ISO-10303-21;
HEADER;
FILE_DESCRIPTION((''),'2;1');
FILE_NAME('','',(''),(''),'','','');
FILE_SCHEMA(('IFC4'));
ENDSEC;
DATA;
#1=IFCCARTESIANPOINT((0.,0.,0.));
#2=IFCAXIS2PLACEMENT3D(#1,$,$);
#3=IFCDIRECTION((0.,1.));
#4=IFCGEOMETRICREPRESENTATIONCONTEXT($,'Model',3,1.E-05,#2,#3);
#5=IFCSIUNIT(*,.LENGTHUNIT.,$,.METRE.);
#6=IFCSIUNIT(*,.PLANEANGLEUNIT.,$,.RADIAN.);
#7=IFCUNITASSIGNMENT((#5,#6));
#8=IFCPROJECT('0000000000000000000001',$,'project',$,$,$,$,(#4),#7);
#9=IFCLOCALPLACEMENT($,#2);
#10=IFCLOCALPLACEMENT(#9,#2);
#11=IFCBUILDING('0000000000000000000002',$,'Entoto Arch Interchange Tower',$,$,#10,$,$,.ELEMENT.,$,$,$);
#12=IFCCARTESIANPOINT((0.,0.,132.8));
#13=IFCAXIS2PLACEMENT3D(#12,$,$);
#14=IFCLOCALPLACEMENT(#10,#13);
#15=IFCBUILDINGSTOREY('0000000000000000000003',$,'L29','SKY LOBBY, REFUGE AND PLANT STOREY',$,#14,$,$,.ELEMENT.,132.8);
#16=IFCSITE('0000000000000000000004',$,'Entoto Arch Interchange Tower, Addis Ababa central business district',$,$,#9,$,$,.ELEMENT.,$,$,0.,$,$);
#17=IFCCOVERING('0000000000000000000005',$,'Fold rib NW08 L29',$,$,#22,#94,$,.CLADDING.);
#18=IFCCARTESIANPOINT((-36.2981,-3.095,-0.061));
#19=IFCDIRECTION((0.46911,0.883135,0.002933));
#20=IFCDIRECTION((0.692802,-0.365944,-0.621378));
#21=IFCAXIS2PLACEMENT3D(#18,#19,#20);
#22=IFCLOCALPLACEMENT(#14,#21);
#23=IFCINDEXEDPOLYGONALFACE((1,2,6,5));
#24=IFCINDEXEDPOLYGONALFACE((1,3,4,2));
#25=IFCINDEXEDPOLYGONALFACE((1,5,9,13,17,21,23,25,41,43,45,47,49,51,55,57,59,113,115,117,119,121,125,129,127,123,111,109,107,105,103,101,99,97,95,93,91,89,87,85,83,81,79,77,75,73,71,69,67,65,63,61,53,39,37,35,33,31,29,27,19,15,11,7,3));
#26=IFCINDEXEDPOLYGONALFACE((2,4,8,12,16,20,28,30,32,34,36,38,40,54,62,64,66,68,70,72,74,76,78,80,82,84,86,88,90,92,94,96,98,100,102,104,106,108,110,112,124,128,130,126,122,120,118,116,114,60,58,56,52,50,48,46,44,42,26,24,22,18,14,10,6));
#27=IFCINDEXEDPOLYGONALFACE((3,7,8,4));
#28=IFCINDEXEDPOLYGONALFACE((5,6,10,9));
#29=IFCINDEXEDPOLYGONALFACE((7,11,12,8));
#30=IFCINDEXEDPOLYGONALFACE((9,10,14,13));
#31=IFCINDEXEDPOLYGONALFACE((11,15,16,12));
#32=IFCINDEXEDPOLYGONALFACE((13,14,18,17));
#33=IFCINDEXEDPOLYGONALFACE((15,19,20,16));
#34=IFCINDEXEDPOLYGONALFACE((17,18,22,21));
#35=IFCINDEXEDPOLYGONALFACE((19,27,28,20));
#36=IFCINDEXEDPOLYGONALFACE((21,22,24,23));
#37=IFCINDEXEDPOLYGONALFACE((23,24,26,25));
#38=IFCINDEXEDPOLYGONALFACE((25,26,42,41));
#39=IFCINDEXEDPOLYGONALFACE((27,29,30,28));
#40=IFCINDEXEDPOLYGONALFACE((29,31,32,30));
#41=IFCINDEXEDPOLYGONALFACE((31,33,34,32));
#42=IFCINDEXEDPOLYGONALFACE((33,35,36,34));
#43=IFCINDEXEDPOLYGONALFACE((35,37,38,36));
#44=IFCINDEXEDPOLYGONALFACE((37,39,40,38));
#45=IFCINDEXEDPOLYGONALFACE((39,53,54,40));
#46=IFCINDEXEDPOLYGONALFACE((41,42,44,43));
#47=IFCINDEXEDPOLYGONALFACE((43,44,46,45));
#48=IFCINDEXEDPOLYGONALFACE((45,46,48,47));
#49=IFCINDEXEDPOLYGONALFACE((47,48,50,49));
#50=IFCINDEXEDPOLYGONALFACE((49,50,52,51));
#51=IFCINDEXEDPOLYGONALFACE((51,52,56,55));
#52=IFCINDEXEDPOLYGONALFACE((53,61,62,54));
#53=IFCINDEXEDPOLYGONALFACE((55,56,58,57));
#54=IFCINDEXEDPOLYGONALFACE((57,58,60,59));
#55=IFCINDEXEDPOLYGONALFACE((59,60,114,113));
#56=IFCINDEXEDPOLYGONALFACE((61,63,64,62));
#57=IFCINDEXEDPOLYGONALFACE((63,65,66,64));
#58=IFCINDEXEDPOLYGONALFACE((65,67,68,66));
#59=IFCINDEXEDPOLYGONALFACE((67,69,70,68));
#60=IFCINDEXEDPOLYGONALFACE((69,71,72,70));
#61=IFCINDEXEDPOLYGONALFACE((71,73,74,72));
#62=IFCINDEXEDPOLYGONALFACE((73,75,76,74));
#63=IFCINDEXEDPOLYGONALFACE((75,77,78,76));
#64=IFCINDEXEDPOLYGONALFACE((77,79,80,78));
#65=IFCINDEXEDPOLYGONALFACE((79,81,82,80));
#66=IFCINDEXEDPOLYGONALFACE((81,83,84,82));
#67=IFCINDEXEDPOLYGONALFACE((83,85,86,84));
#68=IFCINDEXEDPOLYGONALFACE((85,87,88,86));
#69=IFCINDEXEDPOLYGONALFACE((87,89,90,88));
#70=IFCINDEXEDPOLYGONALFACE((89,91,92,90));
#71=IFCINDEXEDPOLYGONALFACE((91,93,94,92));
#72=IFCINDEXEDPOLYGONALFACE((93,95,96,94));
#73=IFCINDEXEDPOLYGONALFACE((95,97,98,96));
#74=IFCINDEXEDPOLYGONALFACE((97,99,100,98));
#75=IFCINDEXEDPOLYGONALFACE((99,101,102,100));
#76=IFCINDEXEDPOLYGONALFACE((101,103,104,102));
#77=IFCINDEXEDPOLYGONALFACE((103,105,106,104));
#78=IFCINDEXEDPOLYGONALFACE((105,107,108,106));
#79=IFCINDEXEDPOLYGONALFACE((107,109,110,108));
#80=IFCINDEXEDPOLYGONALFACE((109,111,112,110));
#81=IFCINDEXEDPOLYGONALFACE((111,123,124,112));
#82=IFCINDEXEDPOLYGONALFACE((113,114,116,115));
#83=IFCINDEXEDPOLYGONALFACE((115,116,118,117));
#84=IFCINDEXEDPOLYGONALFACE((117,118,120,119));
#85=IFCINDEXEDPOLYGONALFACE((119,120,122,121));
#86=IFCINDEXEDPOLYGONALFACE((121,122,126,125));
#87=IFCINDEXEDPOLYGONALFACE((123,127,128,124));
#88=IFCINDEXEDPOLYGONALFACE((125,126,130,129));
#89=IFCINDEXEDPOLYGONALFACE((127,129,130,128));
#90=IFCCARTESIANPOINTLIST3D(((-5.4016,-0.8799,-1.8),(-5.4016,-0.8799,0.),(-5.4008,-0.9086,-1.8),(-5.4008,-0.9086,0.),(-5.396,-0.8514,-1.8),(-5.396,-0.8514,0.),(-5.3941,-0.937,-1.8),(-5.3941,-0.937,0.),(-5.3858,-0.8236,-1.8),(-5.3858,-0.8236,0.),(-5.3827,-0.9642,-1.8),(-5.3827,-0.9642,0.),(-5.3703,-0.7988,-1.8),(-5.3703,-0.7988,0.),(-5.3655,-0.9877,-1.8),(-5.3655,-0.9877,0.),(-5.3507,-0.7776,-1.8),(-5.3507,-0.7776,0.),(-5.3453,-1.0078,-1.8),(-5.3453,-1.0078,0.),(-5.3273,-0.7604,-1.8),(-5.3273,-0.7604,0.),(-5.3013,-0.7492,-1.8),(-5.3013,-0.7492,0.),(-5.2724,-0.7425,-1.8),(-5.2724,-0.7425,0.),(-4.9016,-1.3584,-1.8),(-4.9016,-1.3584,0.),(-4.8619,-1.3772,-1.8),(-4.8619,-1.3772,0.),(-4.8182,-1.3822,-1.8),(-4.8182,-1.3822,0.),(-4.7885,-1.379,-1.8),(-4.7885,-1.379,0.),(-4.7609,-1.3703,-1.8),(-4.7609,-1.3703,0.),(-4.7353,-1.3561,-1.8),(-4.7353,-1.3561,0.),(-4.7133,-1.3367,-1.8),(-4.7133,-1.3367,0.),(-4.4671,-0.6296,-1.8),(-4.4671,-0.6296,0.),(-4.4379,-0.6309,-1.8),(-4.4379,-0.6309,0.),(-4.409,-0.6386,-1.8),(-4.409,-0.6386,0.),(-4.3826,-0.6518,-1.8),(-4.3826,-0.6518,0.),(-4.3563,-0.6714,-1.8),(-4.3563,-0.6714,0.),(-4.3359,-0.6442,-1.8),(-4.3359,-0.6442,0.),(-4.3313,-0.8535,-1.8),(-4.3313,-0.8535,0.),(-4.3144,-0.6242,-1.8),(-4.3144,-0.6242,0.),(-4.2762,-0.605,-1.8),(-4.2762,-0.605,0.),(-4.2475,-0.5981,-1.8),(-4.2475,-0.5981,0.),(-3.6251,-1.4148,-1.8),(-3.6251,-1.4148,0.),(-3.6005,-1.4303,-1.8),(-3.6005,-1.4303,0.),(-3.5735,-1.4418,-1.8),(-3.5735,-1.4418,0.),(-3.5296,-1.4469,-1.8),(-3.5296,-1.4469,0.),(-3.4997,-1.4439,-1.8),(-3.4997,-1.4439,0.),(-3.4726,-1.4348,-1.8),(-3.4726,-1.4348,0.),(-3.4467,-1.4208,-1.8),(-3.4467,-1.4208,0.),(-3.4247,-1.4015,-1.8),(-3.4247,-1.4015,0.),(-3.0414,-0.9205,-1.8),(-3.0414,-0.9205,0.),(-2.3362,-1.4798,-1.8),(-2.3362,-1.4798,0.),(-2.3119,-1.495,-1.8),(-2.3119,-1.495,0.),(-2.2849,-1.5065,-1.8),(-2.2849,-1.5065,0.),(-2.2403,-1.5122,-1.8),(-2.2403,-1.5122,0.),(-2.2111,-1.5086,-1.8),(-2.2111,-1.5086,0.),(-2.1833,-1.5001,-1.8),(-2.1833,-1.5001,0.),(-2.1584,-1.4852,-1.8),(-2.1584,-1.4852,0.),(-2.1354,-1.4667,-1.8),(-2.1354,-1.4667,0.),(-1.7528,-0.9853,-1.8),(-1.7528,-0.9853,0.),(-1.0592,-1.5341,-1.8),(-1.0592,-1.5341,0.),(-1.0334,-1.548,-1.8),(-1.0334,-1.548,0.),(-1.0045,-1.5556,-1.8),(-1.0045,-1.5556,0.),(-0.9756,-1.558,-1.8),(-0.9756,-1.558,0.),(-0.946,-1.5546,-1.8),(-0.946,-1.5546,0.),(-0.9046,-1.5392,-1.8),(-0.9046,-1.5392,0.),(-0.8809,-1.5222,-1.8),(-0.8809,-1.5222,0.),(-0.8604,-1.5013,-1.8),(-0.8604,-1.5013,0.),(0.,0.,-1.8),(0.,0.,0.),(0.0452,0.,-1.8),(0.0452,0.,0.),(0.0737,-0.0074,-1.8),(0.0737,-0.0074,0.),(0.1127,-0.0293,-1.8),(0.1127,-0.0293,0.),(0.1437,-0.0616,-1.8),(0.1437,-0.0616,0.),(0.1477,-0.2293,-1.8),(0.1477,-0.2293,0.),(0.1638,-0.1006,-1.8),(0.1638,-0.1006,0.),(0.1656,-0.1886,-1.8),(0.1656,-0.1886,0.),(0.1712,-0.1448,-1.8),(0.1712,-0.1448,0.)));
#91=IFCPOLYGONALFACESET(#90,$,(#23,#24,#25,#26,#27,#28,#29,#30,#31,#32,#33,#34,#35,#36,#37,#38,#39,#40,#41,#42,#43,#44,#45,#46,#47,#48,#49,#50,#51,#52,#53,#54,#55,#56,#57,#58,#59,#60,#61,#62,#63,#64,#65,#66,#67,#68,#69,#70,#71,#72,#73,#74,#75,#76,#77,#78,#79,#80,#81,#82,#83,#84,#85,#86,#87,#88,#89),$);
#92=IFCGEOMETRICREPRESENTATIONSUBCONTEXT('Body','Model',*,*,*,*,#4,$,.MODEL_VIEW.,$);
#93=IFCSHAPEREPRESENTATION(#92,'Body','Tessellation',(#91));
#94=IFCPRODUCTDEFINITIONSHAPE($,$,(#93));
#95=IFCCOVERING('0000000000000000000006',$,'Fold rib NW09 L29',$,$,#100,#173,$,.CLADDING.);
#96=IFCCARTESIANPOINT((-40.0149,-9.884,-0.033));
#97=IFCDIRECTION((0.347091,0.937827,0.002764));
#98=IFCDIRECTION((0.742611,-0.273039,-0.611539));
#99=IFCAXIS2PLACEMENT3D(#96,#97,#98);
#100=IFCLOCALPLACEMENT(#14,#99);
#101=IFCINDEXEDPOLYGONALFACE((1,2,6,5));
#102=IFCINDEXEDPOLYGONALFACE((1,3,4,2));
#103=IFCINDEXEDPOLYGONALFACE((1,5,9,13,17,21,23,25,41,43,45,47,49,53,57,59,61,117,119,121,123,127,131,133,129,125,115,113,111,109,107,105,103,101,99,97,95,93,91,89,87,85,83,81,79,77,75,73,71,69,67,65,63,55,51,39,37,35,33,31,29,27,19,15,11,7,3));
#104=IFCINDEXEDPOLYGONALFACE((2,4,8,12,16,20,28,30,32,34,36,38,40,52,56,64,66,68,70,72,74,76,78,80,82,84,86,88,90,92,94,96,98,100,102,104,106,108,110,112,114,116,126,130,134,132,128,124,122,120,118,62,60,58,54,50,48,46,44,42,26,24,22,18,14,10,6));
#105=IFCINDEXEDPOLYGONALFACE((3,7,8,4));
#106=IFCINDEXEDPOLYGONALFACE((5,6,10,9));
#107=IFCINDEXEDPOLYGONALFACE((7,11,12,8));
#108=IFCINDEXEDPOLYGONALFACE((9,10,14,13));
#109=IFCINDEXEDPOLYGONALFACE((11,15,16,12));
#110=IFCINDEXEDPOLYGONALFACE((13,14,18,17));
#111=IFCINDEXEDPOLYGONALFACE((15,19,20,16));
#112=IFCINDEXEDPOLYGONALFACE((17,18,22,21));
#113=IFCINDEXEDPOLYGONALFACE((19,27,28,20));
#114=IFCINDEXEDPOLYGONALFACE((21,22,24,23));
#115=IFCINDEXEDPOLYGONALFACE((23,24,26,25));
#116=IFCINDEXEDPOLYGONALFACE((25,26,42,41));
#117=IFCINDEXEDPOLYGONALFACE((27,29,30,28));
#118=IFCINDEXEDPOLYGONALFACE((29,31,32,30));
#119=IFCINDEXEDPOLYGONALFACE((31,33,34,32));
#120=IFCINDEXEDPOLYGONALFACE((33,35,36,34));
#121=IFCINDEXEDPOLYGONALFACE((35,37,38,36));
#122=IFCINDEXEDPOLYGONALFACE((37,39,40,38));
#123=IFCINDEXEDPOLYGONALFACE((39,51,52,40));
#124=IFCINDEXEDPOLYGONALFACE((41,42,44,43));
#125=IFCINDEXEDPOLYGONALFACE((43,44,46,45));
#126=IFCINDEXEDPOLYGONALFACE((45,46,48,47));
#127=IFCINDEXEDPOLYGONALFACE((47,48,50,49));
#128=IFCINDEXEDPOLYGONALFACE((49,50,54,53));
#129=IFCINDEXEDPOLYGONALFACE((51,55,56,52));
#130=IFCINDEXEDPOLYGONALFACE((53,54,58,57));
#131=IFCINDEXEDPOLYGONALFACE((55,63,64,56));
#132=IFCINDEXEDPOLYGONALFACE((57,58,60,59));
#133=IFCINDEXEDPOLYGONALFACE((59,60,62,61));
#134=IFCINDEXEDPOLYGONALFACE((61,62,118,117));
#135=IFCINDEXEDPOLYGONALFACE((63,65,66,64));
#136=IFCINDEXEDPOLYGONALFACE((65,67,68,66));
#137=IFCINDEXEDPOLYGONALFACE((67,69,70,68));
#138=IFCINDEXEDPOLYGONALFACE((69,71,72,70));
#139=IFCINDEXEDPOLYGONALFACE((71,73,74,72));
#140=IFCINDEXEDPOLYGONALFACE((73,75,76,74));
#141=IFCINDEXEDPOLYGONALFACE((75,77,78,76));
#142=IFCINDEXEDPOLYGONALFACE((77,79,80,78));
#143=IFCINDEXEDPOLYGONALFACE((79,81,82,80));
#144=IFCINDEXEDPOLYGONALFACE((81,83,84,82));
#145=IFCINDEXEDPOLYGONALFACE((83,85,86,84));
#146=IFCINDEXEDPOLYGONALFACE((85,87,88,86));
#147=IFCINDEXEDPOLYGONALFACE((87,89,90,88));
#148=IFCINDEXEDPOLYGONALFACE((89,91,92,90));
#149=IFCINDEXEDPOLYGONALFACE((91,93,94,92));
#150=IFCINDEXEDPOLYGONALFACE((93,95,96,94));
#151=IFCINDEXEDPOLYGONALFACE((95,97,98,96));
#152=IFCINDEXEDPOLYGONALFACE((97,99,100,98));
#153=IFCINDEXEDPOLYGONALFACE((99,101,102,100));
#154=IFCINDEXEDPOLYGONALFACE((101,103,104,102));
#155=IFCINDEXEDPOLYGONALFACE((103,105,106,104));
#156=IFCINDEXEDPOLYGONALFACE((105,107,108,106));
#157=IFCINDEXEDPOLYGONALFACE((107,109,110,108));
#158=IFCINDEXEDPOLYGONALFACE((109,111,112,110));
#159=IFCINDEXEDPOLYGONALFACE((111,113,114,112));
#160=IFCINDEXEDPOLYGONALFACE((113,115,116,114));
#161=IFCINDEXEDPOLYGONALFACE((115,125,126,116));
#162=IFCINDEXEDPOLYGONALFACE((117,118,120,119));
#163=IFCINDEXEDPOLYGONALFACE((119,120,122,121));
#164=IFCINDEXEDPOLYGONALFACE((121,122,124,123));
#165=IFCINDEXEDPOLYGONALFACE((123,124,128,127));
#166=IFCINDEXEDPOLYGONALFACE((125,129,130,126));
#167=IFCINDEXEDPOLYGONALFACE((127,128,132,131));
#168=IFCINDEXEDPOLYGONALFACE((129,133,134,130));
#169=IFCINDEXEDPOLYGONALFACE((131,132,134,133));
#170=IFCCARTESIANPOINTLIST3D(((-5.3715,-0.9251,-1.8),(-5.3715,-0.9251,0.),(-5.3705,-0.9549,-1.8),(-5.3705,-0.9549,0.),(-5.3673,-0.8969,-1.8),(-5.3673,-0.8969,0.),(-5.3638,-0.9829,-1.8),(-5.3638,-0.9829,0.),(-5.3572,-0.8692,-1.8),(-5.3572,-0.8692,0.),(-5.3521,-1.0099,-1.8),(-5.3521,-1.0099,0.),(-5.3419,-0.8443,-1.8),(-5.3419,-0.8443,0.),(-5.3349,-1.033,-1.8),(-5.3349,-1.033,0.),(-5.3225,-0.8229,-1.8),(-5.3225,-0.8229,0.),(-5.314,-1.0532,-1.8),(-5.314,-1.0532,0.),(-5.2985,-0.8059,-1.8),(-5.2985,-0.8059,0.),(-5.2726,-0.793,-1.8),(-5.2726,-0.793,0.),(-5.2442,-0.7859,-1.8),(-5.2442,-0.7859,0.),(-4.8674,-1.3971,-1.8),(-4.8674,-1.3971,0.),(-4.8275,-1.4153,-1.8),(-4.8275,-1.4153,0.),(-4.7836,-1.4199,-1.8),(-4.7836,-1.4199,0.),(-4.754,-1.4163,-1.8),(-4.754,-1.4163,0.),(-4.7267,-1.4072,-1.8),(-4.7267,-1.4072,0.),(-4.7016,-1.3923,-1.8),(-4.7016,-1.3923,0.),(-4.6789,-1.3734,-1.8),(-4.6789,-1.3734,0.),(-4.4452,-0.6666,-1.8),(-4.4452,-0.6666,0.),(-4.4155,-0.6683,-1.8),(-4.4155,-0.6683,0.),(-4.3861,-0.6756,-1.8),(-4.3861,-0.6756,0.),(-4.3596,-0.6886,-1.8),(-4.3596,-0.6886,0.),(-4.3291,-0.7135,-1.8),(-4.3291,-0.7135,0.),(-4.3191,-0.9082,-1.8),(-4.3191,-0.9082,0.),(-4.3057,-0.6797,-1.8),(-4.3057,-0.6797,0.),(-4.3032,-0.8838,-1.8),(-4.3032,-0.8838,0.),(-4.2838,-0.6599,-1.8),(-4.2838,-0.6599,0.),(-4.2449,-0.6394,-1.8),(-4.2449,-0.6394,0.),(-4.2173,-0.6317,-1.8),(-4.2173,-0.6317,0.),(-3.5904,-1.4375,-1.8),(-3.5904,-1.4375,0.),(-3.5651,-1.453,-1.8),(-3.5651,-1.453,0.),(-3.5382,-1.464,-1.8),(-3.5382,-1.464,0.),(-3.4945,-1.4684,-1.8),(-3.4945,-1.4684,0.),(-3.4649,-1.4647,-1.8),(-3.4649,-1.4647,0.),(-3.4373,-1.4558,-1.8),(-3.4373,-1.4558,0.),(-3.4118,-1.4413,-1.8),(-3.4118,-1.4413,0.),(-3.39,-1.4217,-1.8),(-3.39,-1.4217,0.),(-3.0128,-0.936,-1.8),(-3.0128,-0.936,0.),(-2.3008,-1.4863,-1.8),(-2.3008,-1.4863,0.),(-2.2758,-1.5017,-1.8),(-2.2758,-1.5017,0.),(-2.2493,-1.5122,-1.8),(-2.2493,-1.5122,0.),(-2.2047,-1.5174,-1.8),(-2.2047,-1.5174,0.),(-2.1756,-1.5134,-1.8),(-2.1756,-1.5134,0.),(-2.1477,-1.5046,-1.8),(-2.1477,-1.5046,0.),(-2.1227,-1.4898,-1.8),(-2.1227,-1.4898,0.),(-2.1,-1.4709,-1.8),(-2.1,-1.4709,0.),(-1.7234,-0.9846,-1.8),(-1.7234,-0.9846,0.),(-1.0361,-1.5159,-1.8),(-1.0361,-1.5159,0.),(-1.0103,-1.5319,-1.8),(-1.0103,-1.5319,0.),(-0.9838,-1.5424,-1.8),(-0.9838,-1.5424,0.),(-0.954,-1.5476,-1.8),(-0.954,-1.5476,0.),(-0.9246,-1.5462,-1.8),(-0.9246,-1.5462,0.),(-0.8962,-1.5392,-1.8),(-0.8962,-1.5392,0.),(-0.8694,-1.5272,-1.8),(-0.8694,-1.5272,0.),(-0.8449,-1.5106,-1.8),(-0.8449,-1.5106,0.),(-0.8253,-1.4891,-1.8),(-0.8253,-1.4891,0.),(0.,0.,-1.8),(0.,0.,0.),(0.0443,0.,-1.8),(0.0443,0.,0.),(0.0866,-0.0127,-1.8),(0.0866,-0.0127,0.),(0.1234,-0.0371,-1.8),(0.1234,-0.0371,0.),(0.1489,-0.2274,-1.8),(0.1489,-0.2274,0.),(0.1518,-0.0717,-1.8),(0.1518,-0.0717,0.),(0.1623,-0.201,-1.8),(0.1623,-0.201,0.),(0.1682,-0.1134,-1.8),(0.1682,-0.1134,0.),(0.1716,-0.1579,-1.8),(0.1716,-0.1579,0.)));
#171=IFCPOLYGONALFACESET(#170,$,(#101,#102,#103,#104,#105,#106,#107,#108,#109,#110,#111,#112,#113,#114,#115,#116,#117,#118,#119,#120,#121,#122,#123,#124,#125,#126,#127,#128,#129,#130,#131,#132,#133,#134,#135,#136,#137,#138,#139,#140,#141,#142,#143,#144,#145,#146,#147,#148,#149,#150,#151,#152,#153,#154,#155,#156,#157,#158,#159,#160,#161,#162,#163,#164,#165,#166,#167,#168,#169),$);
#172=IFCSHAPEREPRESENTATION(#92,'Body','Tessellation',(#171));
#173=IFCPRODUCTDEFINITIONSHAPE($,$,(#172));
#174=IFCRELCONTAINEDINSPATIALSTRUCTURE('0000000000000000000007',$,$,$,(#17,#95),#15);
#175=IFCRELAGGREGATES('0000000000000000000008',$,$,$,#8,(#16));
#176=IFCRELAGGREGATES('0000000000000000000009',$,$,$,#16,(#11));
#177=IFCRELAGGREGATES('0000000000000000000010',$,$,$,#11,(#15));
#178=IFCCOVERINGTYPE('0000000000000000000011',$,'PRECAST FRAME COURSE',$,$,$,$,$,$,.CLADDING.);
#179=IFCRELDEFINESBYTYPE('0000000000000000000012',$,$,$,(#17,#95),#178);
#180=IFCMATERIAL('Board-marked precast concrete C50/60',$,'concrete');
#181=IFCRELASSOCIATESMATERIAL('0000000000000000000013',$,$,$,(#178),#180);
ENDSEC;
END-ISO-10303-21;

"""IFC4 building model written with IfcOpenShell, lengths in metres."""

from ifc_helpers import new_model, si_unit, direction, frame, origin, place, context, subcontext, project, spatial, polyline, outline, extrude, material, type_object, element, save


model = new_model("IFC4")

# Units and contexts
model_context = context("Model", 3, precision=1e-05, world=origin(), true_north=direction((0.0, 1.0)))
body_context = subcontext(model_context, "Body", "Model", "MODEL_VIEW")
ifc_project = project(units=[si_unit("LENGTHUNIT", "METRE"), si_unit("PLANEANGLEUNIT", "RADIAN")], contexts=[model_context])

# Site, building, storey
site_placement = place(None, origin())
site = spatial("IfcSite", under=ifc_project, at=site_placement, Name="Entoto Arch Interchange Tower, Addis Ababa central business district", CompositionType="ELEMENT", RefElevation=0.0)
building_placement = place(site_placement, origin())
building = spatial("IfcBuilding", under=site, at=building_placement, Name="Entoto Arch Interchange Tower", CompositionType="ELEMENT")
storey_placement = place(building_placement, frame((0.0, 0.0, 132.8)))
storey = spatial("IfcBuildingStorey", under=building, at=storey_placement, Name="L29", Description="SKY LOBBY, REFUGE AND PLANT STOREY", CompositionType="ELEMENT", Elevation=132.8)

# Shared definitions
ifc_material_1 = material(Name="Board-marked precast concrete C50/60", Category="concrete")

# Coverings
covering_type = type_object("IfcCoveringType", Name="PRECAST FRAME COURSE", PredefinedType="CLADDING", material=ifc_material_1)
covering_1_placement = place(storey_placement, frame((-36.2981, -3.095, -0.061), z_axis=(0.46911, 0.883135, 0.002933), x_axis=(0.692802, -0.365944, -0.621378)))
element("IfcCovering", 1, at=covering_1_placement, inside=storey, type_object=covering_type, Name="Fold rib NW08 L29", PredefinedType="CLADDING", context=body_context, shape_type="SweptSolid", body=[
    extrude(outline(polyline([(0.0, 0.0), (0.0452, 0.0), (0.0737, -0.0074), (0.1127, -0.0293), (0.1437, -0.0616), (0.1638, -0.1006), (0.1712, -0.1448), (0.1656, -0.1886), (0.1477, -0.2293), (-0.8604, -1.5013), (-0.8809, -1.5222), (-0.9046, -1.5392), (-0.946, -1.5546), (-0.9756, -1.558), (-1.0045, -1.5556), (-1.0334, -1.548), (-1.0592, -1.5341), (-1.7528, -0.9853), (-2.1354, -1.4667), (-2.1584, -1.4852), (-2.1833, -1.5001), (-2.2111, -1.5086), (-2.2403, -1.5122), (-2.2849, -1.5065), (-2.3119, -1.495), (-2.3362, -1.4798), (-3.0414, -0.9205), (-3.4247, -1.4015), (-3.4467, -1.4208), (-3.4726, -1.4348), (-3.4997, -1.4439), (-3.5296, -1.4469), (-3.5735, -1.4418), (-3.6005, -1.4303), (-3.6251, -1.4148), (-4.3313, -0.8535), (-4.7133, -1.3367), (-4.7353, -1.3561), (-4.7609, -1.3703), (-4.7885, -1.379), (-4.8182, -1.3822), (-4.8619, -1.3772), (-4.9016, -1.3584), (-5.3453, -1.0078), (-5.3655, -0.9877), (-5.3827, -0.9642), (-5.3941, -0.937), (-5.4008, -0.9086), (-5.4016, -0.8799), (-5.396, -0.8514), (-5.3858, -0.8236), (-5.3703, -0.7988), (-5.3507, -0.7776), (-5.3273, -0.7604), (-5.3013, -0.7492), (-5.2724, -0.7425), (-4.4671, -0.6296), (-4.4379, -0.6309), (-4.409, -0.6386), (-4.3826, -0.6518), (-4.3563, -0.6714), (-4.3359, -0.6442), (-4.3144, -0.6242), (-4.2762, -0.605), (-4.2475, -0.5981), (0.0, 0.0)])), origin(), (0.0, 0.0, -1.0), 1.8),
])
covering_2_placement = place(storey_placement, frame((-40.0149, -9.884, -0.033), z_axis=(0.347091, 0.937827, 0.002764), x_axis=(0.742611, -0.273039, -0.611539)))
element("IfcCovering", 2, at=covering_2_placement, inside=storey, type_object=covering_type, Name="Fold rib NW09 L29", PredefinedType="CLADDING", context=body_context, shape_type="SweptSolid", body=[
    extrude(outline(polyline([(0.0, 0.0), (0.0443, 0.0), (0.0866, -0.0127), (0.1234, -0.0371), (0.1518, -0.0717), (0.1682, -0.1134), (0.1716, -0.1579), (0.1623, -0.201), (0.1489, -0.2274), (-0.8253, -1.4891), (-0.8449, -1.5106), (-0.8694, -1.5272), (-0.8962, -1.5392), (-0.9246, -1.5462), (-0.954, -1.5476), (-0.9838, -1.5424), (-1.0103, -1.5319), (-1.0361, -1.5159), (-1.7234, -0.9846), (-2.1, -1.4709), (-2.1227, -1.4898), (-2.1477, -1.5046), (-2.1756, -1.5134), (-2.2047, -1.5174), (-2.2493, -1.5122), (-2.2758, -1.5017), (-2.3008, -1.4863), (-3.0128, -0.936), (-3.39, -1.4217), (-3.4118, -1.4413), (-3.4373, -1.4558), (-3.4649, -1.4647), (-3.4945, -1.4684), (-3.5382, -1.464), (-3.5651, -1.453), (-3.5904, -1.4375), (-4.3032, -0.8838), (-4.3191, -0.9082), (-4.6789, -1.3734), (-4.7016, -1.3923), (-4.7267, -1.4072), (-4.754, -1.4163), (-4.7836, -1.4199), (-4.8275, -1.4153), (-4.8674, -1.3971), (-5.314, -1.0532), (-5.3349, -1.033), (-5.3521, -1.0099), (-5.3638, -0.9829), (-5.3705, -0.9549), (-5.3715, -0.9251), (-5.3673, -0.8969), (-5.3572, -0.8692), (-5.3419, -0.8443), (-5.3225, -0.8229), (-5.2985, -0.8059), (-5.2726, -0.793), (-5.2442, -0.7859), (-4.4452, -0.6666), (-4.4155, -0.6683), (-4.3861, -0.6756), (-4.3596, -0.6886), (-4.3291, -0.7135), (-4.3057, -0.6797), (-4.2838, -0.6599), (-4.2449, -0.6394), (-4.2173, -0.6317), (0.0, 0.0)])), origin(), (0.0, 0.0, -1.0), 1.8),
])

save(model, "model.ifc")
